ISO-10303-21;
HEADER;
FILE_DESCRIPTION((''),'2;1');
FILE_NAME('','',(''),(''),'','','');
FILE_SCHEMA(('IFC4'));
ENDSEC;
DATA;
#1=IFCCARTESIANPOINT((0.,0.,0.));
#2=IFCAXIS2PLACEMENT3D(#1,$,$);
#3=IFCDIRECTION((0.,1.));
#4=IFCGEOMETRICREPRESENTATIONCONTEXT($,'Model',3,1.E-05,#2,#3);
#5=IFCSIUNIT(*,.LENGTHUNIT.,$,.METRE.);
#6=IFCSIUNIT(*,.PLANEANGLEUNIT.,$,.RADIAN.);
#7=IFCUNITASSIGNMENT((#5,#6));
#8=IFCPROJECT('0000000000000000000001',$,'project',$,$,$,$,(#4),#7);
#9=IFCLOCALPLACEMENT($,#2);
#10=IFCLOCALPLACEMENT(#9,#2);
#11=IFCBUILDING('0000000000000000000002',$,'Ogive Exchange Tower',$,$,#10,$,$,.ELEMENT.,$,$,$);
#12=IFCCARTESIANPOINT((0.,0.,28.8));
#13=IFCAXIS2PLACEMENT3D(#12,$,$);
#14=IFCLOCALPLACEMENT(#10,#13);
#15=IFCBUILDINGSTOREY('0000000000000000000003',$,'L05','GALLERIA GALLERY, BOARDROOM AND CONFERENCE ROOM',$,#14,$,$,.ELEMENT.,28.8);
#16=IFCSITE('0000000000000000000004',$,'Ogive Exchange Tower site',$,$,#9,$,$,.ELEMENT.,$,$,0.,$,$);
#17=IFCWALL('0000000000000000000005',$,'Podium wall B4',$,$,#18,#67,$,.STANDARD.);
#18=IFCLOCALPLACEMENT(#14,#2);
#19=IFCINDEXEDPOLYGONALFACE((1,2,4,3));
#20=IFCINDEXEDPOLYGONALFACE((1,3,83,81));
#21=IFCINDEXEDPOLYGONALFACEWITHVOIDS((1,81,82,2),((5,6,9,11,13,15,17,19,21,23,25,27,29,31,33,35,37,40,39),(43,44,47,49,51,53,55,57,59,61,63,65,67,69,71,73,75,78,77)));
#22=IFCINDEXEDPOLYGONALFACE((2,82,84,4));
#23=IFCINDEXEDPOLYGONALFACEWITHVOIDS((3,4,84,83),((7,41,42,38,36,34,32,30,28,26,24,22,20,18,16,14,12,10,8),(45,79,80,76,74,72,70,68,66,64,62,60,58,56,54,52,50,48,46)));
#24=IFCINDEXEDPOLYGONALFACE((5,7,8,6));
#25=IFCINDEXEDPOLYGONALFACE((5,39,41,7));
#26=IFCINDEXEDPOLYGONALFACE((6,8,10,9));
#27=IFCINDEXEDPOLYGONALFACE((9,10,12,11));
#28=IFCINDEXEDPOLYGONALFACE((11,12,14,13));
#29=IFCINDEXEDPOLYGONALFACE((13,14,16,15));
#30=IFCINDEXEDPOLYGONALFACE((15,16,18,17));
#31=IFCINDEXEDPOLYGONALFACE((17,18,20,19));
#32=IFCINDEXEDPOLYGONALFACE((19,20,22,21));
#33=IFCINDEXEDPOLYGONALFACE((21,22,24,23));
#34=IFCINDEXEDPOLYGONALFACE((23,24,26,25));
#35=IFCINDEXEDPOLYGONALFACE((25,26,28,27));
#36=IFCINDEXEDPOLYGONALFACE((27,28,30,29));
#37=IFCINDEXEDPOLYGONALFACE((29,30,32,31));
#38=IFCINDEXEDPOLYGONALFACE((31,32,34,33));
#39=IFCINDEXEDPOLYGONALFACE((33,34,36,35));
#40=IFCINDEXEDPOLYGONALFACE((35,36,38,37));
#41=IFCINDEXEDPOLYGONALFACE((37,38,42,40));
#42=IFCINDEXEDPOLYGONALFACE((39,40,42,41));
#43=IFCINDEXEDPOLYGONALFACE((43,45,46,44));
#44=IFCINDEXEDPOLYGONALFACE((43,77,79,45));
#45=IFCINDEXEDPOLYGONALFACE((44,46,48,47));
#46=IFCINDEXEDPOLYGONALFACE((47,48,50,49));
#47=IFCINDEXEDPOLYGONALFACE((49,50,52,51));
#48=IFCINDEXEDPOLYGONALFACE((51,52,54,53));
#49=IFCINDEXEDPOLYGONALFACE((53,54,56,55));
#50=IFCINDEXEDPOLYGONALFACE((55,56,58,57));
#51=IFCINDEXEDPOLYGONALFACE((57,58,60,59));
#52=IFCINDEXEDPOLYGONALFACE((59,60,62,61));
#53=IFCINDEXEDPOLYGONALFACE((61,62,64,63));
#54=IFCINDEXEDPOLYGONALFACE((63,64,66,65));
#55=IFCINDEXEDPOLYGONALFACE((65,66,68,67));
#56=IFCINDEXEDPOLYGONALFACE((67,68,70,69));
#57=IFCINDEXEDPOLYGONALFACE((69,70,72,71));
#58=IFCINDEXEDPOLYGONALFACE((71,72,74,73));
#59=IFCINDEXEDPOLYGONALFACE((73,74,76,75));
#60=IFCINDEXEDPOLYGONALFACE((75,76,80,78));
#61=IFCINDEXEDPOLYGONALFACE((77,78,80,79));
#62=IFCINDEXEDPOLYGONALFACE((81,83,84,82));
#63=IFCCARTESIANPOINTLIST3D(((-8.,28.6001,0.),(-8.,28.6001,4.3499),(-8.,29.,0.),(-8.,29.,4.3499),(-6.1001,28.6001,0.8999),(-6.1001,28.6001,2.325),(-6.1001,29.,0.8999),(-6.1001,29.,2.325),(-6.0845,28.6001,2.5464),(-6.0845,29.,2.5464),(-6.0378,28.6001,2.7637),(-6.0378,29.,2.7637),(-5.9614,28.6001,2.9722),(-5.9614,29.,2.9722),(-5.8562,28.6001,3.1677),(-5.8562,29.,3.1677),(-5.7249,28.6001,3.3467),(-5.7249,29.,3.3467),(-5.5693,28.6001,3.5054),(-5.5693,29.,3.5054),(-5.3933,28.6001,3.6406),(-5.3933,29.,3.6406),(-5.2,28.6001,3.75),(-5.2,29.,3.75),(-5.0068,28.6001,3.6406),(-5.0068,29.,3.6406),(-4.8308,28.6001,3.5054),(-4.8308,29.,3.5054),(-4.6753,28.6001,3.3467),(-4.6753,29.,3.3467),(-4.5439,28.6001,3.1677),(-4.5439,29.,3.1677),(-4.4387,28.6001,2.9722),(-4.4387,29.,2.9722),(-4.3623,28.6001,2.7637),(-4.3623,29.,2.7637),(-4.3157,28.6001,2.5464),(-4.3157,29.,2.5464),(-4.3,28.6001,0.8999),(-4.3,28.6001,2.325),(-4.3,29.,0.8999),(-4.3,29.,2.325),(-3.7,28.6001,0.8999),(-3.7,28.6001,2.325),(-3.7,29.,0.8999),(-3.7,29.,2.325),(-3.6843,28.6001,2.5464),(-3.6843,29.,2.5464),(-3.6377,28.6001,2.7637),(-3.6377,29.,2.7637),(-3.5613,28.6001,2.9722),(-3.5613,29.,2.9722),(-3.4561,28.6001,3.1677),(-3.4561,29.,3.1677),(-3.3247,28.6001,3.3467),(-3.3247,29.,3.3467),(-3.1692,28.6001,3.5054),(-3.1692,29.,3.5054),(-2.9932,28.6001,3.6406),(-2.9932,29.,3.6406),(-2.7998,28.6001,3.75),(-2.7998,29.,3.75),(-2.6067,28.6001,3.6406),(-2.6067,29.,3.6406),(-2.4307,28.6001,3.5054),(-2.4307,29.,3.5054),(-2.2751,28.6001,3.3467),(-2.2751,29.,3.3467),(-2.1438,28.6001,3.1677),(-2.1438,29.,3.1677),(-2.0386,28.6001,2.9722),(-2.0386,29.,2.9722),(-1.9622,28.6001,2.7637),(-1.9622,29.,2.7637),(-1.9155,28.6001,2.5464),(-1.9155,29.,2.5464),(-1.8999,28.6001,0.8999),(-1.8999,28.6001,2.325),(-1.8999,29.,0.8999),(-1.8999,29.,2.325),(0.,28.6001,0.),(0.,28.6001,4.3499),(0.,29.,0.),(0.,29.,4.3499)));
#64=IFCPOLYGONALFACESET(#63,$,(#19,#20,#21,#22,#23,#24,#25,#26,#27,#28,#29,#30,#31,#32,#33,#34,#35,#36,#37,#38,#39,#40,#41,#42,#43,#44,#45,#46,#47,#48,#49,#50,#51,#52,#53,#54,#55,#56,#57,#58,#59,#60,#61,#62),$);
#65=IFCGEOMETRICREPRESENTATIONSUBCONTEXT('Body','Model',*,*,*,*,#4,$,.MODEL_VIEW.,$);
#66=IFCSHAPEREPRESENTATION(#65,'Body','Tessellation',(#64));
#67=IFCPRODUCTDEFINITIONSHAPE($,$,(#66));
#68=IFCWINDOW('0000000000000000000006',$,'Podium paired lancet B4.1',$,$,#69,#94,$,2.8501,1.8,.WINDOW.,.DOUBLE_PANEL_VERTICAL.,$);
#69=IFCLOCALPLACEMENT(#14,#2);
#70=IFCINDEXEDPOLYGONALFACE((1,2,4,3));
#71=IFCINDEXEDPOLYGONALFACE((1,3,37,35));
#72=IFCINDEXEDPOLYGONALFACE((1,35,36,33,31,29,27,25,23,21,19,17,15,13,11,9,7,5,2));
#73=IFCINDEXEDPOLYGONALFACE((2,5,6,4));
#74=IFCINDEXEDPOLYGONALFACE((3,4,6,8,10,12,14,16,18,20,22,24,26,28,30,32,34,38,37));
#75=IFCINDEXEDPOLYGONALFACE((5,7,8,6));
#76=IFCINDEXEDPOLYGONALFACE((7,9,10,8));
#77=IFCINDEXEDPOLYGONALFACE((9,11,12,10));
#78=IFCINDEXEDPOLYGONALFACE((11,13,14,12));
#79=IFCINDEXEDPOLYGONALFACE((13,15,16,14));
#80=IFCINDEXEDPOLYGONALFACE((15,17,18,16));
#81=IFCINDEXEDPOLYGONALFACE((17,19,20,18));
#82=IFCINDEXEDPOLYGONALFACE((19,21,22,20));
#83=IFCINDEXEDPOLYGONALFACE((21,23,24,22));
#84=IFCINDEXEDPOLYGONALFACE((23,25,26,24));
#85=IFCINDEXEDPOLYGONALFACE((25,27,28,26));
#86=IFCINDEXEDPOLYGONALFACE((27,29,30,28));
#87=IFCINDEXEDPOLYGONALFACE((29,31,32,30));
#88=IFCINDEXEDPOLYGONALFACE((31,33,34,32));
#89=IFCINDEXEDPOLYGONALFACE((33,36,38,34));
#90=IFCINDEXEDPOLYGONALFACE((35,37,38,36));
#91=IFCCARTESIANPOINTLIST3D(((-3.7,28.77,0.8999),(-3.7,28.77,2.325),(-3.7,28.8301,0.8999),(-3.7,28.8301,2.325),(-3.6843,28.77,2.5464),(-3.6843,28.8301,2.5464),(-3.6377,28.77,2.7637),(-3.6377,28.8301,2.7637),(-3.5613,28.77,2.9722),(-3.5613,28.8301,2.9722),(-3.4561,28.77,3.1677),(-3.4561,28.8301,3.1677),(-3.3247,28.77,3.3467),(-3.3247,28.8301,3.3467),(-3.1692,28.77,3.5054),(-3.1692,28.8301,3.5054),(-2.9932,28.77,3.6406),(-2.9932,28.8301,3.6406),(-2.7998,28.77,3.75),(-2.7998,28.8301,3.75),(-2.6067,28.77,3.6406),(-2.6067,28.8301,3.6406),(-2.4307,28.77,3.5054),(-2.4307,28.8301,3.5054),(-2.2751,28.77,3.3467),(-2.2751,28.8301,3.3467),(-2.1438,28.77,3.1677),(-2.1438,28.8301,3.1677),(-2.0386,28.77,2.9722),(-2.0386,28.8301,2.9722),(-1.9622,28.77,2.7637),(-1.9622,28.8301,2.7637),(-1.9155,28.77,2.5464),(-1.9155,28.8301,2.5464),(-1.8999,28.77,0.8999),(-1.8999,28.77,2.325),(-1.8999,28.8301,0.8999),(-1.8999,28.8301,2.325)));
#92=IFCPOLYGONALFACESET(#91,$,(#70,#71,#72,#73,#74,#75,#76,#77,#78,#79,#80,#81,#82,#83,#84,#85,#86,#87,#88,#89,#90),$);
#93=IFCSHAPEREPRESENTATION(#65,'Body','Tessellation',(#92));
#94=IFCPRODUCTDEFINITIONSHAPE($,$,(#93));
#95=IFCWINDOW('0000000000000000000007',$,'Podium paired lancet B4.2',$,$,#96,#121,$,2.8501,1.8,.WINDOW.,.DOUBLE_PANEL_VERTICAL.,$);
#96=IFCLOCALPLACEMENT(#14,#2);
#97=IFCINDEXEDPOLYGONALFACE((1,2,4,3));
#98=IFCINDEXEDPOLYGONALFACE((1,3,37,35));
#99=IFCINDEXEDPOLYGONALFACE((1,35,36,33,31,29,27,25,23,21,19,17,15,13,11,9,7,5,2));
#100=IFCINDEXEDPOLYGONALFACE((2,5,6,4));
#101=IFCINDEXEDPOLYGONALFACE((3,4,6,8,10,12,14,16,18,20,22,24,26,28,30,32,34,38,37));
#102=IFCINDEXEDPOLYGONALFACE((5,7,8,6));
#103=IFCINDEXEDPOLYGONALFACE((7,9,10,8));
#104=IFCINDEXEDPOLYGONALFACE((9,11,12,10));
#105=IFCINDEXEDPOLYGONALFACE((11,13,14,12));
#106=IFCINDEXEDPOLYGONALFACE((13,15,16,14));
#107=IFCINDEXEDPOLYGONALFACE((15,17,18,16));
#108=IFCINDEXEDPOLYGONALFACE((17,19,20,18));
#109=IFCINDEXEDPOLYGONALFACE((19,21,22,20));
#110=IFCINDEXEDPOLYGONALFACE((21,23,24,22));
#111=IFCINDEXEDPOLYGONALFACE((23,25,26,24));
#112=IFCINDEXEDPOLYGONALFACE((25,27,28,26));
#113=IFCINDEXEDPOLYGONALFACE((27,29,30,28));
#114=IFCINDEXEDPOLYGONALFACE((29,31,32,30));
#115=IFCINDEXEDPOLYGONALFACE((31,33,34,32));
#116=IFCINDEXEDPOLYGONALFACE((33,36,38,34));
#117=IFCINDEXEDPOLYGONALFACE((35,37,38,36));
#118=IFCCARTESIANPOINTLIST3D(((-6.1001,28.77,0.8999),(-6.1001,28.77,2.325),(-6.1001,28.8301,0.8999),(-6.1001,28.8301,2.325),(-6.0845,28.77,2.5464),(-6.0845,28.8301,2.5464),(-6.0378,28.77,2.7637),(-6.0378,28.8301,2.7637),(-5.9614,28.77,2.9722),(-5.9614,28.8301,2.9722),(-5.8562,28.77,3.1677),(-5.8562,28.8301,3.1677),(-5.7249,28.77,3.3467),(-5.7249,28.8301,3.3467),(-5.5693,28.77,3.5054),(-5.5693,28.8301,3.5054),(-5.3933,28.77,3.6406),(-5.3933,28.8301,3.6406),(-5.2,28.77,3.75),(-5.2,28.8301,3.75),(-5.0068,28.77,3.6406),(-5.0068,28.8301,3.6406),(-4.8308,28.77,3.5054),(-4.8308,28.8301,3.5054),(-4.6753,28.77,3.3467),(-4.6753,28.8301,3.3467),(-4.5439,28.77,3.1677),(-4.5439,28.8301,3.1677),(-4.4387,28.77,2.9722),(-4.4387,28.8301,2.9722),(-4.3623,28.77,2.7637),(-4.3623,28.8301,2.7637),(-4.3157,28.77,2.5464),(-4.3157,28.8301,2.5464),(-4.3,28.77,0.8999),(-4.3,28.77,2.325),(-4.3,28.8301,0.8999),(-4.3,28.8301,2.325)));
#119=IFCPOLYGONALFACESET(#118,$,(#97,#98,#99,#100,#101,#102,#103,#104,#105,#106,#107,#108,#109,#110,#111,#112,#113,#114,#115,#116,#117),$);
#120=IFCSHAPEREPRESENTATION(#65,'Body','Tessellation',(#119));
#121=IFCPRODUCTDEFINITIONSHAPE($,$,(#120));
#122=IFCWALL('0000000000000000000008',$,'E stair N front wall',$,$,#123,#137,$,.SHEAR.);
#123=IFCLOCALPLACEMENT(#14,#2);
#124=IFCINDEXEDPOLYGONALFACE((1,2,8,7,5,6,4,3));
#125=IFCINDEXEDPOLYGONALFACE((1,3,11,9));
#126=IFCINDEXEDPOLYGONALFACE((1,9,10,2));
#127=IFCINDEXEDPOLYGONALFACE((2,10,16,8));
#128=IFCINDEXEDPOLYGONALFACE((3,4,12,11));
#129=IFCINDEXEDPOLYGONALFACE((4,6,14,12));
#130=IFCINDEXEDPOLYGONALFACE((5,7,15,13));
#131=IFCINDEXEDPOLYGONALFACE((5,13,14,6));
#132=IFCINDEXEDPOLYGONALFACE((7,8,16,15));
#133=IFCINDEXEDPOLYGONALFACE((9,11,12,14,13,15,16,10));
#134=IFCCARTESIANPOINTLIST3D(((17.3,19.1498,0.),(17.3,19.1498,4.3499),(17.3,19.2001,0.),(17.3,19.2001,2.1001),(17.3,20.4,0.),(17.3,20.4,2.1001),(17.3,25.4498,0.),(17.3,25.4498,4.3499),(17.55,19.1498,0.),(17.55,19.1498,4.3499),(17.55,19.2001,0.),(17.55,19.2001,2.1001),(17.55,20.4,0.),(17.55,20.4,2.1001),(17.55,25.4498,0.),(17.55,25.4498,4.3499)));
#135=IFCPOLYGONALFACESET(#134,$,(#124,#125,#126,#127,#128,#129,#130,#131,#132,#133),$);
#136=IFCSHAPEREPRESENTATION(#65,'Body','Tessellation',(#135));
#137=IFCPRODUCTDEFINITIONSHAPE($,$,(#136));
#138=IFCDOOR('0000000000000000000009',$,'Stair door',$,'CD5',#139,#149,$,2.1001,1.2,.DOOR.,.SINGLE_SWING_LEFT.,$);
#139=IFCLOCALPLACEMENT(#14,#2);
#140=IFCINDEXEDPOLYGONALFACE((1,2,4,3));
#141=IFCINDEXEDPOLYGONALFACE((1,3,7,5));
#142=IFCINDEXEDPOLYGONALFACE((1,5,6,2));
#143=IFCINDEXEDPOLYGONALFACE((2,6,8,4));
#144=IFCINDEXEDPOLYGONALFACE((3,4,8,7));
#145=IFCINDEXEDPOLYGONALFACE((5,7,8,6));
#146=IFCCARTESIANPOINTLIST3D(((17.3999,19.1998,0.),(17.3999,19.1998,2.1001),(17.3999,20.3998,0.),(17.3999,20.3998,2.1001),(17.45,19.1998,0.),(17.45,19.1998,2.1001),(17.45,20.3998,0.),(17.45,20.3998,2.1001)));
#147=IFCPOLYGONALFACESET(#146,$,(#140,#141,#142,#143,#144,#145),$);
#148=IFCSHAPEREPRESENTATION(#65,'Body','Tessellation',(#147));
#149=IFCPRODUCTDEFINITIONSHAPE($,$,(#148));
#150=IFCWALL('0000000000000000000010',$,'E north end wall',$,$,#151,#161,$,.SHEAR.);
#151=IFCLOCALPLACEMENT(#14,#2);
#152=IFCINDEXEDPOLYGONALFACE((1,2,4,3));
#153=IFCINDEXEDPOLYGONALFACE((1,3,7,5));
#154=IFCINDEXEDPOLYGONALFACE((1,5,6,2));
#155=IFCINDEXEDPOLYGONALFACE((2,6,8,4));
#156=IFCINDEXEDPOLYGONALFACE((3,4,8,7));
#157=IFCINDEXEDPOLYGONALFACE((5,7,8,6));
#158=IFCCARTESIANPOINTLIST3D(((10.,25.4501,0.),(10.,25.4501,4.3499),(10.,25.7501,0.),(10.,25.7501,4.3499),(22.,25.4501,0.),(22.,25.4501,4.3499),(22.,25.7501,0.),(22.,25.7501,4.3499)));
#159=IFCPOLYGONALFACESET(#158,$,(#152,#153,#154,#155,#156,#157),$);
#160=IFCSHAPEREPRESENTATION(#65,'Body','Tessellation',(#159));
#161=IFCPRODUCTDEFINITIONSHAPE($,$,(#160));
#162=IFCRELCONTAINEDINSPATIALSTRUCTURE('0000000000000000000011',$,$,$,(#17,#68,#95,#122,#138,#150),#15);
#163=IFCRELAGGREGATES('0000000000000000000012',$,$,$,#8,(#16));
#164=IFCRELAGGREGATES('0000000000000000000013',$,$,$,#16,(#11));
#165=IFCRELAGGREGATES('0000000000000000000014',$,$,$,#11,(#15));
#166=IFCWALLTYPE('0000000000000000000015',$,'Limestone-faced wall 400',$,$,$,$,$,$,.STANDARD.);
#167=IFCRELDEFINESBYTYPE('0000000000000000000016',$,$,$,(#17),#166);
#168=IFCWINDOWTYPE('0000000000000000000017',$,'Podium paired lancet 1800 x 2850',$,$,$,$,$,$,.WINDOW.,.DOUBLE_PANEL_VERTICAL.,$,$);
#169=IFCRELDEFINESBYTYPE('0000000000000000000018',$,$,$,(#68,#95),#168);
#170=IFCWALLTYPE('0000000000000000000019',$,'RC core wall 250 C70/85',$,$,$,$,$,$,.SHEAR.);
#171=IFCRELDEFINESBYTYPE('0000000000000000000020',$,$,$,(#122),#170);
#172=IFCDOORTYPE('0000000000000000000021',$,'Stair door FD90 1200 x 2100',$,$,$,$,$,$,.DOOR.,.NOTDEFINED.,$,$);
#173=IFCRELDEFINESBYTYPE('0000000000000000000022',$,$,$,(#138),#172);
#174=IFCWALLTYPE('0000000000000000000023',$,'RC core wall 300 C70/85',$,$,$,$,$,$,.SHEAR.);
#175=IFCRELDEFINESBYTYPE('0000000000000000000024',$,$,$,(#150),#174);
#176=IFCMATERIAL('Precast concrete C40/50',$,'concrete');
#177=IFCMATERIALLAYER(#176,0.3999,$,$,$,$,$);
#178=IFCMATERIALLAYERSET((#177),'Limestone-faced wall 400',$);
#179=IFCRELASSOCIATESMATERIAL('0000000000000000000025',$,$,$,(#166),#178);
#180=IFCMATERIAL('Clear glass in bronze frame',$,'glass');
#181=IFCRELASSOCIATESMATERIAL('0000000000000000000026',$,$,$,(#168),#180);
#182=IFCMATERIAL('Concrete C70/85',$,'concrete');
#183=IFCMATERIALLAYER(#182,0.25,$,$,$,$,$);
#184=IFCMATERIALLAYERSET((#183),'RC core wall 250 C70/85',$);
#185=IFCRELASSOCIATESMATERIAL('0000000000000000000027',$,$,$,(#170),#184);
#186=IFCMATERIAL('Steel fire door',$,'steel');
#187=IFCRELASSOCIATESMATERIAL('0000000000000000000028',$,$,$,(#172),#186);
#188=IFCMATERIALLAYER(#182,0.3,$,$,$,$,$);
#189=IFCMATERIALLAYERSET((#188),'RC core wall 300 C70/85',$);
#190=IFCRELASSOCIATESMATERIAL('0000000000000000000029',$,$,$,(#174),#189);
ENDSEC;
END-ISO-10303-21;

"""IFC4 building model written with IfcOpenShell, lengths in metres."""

from ifc_helpers import new_model, si_unit, direction, frame, frame_2d, origin, place, context, subcontext, project, spatial, polyline, rectangle, outline, extrude, material, layer, layer_set, type_object, element, fill, save


model = new_model("IFC4")

# Units and contexts
model_context = context("Model", 3, precision=1e-05, world=origin(), true_north=direction((0.0, 1.0)))
body_context = subcontext(model_context, "Body", "Model", "MODEL_VIEW")
ifc_project = project(units=[si_unit("LENGTHUNIT", "METRE"), si_unit("PLANEANGLEUNIT", "RADIAN")], contexts=[model_context])

# Site, building, storey
site_placement = place(None, origin())
site = spatial("IfcSite", under=ifc_project, at=site_placement, Name="Ogive Exchange Tower site", CompositionType="ELEMENT", RefElevation=0.0)
building_placement = place(site_placement, origin())
building = spatial("IfcBuilding", under=site, at=building_placement, Name="Ogive Exchange Tower", CompositionType="ELEMENT")
storey_placement = place(building_placement, frame((0.0, 0.0, 28.8)))
storey = spatial("IfcBuildingStorey", under=building, at=storey_placement, Name="L05", Description="GALLERIA GALLERY, BOARDROOM AND CONFERENCE ROOM", CompositionType="ELEMENT", Elevation=28.8)

# Shared definitions
ifc_material_1 = material(Name="Concrete C70/85", Category="concrete")

# Wall, openings, windows
ifc_material_2 = material(Name="Precast concrete C40/50", Category="concrete")
ifc_layer_1 = layer(ifc_material_2, 0.3999)
ifc_layer_set_1 = layer_set([ifc_layer_1], Name="Limestone-faced wall 400")
wall_type_1 = type_object("IfcWallType", Name="Limestone-faced wall 400", PredefinedType="STANDARD", material=ifc_layer_set_1)
ifc_material_3 = material(Name="Clear glass in bronze frame", Category="glass")
window_type = type_object("IfcWindowType", Name="Podium paired lancet 1800 x 2850", PartitioningType="DOUBLE_PANEL_VERTICAL", PredefinedType="WINDOW", material=ifc_material_3)
wall_1_placement = place(storey_placement, frame((0.0, 28.8, 0.0), z_axis=(0.0, 0.0, 1.0), x_axis=(-1.0, 0.0, 0.0)))
wall_1 = element("IfcWall", 1, at=wall_1_placement, inside=storey, type_object=wall_type_1, Name="Podium wall B4", PredefinedType="STANDARD", context=body_context, shape_type="SweptSolid", body=[
    extrude(rectangle(XDim=8.0, YDim=0.3999, at=frame_2d((4.0, 0.0))), origin(), (0.0, 0.0, 1.0), 4.3499),
])
opening_1_placement = place(wall_1_placement, frame((1.8999, 0.0, 0.8999)))
opening_1 = element("IfcOpeningElement", 2, at=opening_1_placement, cuts=wall_1, PredefinedType="OPENING", context=body_context, shape_type="SweptSolid", body=[
    extrude(outline(polyline([(0.0, 0.0), (1.8, 0.0), (1.8, 1.425), (1.7844, 1.6465), (1.7378, 1.8638), (1.6614, 2.0723), (1.5562, 2.2678), (1.4248, 2.4468), (1.2693, 2.6055), (1.0933, 2.7407), (0.8999, 2.8501), (0.7068, 2.7407), (0.5308, 2.6055), (0.3752, 2.4468), (0.2439, 2.2678), (0.1387, 2.0723), (0.0623, 1.8638), (0.0156, 1.6465), (0.0, 1.425), (0.0, 0.0)])), frame((0.0, 0.21, 0.0), z_axis=(0.0, -1.0, 0.0), x_axis=(1.0, 0.0, 0.0)), (0.0, 0.0, 1.0), 0.4199),
])
opening_2_placement = place(wall_1_placement, frame((4.3, 0.0, 0.8999)))
opening_2 = element("IfcOpeningElement", 3, at=opening_2_placement, cuts=wall_1, PredefinedType="OPENING", context=body_context, shape_type="SweptSolid", body=[
    extrude(outline(polyline([(0.0, 0.0), (1.8, 0.0), (1.8, 1.425), (1.7844, 1.6465), (1.7378, 1.8638), (1.6614, 2.0723), (1.5562, 2.2678), (1.4248, 2.4468), (1.2693, 2.6055), (1.0933, 2.7407), (0.8999, 2.8501), (0.7068, 2.7407), (0.5308, 2.6055), (0.3752, 2.4468), (0.2439, 2.2678), (0.1387, 2.0723), (0.0623, 1.8638), (0.0156, 1.6465), (0.0, 1.425), (0.0, 0.0)])), frame((0.0, 0.21, 0.0), z_axis=(0.0, -1.0, 0.0), x_axis=(1.0, 0.0, 0.0)), (0.0, 0.0, 1.0), 0.4199),
])
window_1_placement = place(opening_1_placement, origin())
window_1 = element("IfcWindow", 4, at=window_1_placement, inside=storey, type_object=window_type, Name="Podium paired lancet B4.1", OverallHeight=2.8501, OverallWidth=1.8, PartitioningType="DOUBLE_PANEL_VERTICAL", PredefinedType="WINDOW", context=body_context, shape_type="SweptSolid", body=[
    extrude(outline(polyline([(0.0, 0.0), (1.8, 0.0), (1.8, 1.425), (1.7844, 1.6465), (1.7378, 1.8638), (1.6614, 2.0723), (1.5562, 2.2678), (1.4248, 2.4468), (1.2693, 2.6055), (1.0933, 2.7407), (0.8999, 2.8501), (0.7068, 2.7407), (0.5308, 2.6055), (0.3752, 2.4468), (0.2439, 2.2678), (0.1387, 2.0723), (0.0623, 1.8638), (0.0156, 1.6465), (0.0, 1.425), (0.0, 0.0)])), frame((0.0, 0.03, 0.0), z_axis=(0.0, -1.0, 0.0), x_axis=(1.0, 0.0, 0.0)), (0.0, 0.0, 1.0), 0.0601),
])
fill(opening_1, window_1)
window_2_placement = place(opening_2_placement, origin())
window_2 = element("IfcWindow", 5, at=window_2_placement, inside=storey, type_object=window_type, Name="Podium paired lancet B4.2", OverallHeight=2.8501, OverallWidth=1.8, PartitioningType="DOUBLE_PANEL_VERTICAL", PredefinedType="WINDOW", context=body_context, shape_type="SweptSolid", body=[
    extrude(outline(polyline([(0.0, 0.0), (1.8, 0.0), (1.8, 1.425), (1.7844, 1.6465), (1.7378, 1.8638), (1.6614, 2.0723), (1.5562, 2.2678), (1.4248, 2.4468), (1.2693, 2.6055), (1.0933, 2.7407), (0.8999, 2.8501), (0.7068, 2.7407), (0.5308, 2.6055), (0.3752, 2.4468), (0.2439, 2.2678), (0.1387, 2.0723), (0.0623, 1.8638), (0.0156, 1.6465), (0.0, 1.425), (0.0, 0.0)])), frame((0.0, 0.03, 0.0), z_axis=(0.0, -1.0, 0.0), x_axis=(1.0, 0.0, 0.0)), (0.0, 0.0, 1.0), 0.0601),
])
fill(opening_2, window_2)

# Wall, opening, door
ifc_layer_2 = layer(ifc_material_1, 0.25)
ifc_layer_set_2 = layer_set([ifc_layer_2], Name="RC core wall 250 C70/85")
wall_type_2 = type_object("IfcWallType", Name="RC core wall 250 C70/85", PredefinedType="SHEAR", material=ifc_layer_set_2)
wall_2_placement = place(storey_placement, frame((17.425, 19.1499, 0.0), z_axis=(0.0, 0.0, 1.0), x_axis=(0.0, 1.0, 0.0)))
wall_2 = element("IfcWall", 6, at=wall_2_placement, inside=storey, type_object=wall_type_2, Name="E stair N front wall", PredefinedType="SHEAR", context=body_context, shape_type="SweptSolid", body=[
    extrude(rectangle(XDim=6.3, YDim=0.25, at=frame_2d((3.1499, 0.0))), origin(), (0.0, 0.0, 1.0), 4.3499),
])
opening_3_placement = place(wall_2_placement, frame((0.05, 0.0, 0.0)))
opening_3 = element("IfcOpeningElement", 7, at=opening_3_placement, cuts=wall_2, PredefinedType="OPENING", context=body_context, shape_type="SweptSolid", body=[
    extrude(rectangle(XDim=1.2, YDim=2.1001, at=frame_2d((0.6001, 1.05))), frame((0.0, 0.135, 0.0), z_axis=(0.0, -1.0, 0.0), x_axis=(1.0, 0.0, 0.0)), (0.0, 0.0, 1.0), 0.27),
])
ifc_material_4 = material(Name="Steel fire door", Category="steel")
door_type_1 = type_object("IfcDoorType", Name="Stair door FD90 1200 x 2100", OperationType="NOTDEFINED", PredefinedType="DOOR", material=ifc_material_4)
door_1_placement = place(opening_3_placement, frame((1.2, 0.0, 0.0), z_axis=(0.0, 0.0, 1.0), x_axis=(-1.0, 0.0, 0.0)))
door_1 = element("IfcDoor", 8, at=door_1_placement, inside=storey, type_object=door_type_1, Name="Stair door", ObjectType="CD5", OperationType="SINGLE_SWING_LEFT", OverallHeight=2.1001, OverallWidth=1.2, PredefinedType="DOOR", context=body_context, shape_type="SweptSolid", body=[
    extrude(rectangle(XDim=1.2, YDim=2.1001, at=frame_2d((0.6001, 1.05))), frame((0.0, 0.0249, 0.0), z_axis=(0.0, -1.0, 0.0), x_axis=(1.0, 0.0, 0.0)), (0.0, 0.0, 1.0), 0.05),
])
fill(opening_3, door_1)

# Wall
ifc_layer_3 = layer(ifc_material_1, 0.3)
ifc_layer_set_3 = layer_set([ifc_layer_3], Name="RC core wall 300 C70/85")
wall_type_3 = type_object("IfcWallType", Name="RC core wall 300 C70/85", PredefinedType="SHEAR", material=ifc_layer_set_3)
wall_3_placement = place(storey_placement, frame((10.0, 25.6001, 0.0), z_axis=(0.0, 0.0, 1.0), x_axis=(1.0, 0.0, 0.0)))
element("IfcWall", 9, at=wall_3_placement, inside=storey, type_object=wall_type_3, Name="E north end wall", PredefinedType="SHEAR", context=body_context, shape_type="SweptSolid", body=[
    extrude(rectangle(XDim=12.0, YDim=0.3, at=frame_2d((6.0, 0.0))), origin(), (0.0, 0.0, 1.0), 4.3499),
])

save(model, "model.ifc")
